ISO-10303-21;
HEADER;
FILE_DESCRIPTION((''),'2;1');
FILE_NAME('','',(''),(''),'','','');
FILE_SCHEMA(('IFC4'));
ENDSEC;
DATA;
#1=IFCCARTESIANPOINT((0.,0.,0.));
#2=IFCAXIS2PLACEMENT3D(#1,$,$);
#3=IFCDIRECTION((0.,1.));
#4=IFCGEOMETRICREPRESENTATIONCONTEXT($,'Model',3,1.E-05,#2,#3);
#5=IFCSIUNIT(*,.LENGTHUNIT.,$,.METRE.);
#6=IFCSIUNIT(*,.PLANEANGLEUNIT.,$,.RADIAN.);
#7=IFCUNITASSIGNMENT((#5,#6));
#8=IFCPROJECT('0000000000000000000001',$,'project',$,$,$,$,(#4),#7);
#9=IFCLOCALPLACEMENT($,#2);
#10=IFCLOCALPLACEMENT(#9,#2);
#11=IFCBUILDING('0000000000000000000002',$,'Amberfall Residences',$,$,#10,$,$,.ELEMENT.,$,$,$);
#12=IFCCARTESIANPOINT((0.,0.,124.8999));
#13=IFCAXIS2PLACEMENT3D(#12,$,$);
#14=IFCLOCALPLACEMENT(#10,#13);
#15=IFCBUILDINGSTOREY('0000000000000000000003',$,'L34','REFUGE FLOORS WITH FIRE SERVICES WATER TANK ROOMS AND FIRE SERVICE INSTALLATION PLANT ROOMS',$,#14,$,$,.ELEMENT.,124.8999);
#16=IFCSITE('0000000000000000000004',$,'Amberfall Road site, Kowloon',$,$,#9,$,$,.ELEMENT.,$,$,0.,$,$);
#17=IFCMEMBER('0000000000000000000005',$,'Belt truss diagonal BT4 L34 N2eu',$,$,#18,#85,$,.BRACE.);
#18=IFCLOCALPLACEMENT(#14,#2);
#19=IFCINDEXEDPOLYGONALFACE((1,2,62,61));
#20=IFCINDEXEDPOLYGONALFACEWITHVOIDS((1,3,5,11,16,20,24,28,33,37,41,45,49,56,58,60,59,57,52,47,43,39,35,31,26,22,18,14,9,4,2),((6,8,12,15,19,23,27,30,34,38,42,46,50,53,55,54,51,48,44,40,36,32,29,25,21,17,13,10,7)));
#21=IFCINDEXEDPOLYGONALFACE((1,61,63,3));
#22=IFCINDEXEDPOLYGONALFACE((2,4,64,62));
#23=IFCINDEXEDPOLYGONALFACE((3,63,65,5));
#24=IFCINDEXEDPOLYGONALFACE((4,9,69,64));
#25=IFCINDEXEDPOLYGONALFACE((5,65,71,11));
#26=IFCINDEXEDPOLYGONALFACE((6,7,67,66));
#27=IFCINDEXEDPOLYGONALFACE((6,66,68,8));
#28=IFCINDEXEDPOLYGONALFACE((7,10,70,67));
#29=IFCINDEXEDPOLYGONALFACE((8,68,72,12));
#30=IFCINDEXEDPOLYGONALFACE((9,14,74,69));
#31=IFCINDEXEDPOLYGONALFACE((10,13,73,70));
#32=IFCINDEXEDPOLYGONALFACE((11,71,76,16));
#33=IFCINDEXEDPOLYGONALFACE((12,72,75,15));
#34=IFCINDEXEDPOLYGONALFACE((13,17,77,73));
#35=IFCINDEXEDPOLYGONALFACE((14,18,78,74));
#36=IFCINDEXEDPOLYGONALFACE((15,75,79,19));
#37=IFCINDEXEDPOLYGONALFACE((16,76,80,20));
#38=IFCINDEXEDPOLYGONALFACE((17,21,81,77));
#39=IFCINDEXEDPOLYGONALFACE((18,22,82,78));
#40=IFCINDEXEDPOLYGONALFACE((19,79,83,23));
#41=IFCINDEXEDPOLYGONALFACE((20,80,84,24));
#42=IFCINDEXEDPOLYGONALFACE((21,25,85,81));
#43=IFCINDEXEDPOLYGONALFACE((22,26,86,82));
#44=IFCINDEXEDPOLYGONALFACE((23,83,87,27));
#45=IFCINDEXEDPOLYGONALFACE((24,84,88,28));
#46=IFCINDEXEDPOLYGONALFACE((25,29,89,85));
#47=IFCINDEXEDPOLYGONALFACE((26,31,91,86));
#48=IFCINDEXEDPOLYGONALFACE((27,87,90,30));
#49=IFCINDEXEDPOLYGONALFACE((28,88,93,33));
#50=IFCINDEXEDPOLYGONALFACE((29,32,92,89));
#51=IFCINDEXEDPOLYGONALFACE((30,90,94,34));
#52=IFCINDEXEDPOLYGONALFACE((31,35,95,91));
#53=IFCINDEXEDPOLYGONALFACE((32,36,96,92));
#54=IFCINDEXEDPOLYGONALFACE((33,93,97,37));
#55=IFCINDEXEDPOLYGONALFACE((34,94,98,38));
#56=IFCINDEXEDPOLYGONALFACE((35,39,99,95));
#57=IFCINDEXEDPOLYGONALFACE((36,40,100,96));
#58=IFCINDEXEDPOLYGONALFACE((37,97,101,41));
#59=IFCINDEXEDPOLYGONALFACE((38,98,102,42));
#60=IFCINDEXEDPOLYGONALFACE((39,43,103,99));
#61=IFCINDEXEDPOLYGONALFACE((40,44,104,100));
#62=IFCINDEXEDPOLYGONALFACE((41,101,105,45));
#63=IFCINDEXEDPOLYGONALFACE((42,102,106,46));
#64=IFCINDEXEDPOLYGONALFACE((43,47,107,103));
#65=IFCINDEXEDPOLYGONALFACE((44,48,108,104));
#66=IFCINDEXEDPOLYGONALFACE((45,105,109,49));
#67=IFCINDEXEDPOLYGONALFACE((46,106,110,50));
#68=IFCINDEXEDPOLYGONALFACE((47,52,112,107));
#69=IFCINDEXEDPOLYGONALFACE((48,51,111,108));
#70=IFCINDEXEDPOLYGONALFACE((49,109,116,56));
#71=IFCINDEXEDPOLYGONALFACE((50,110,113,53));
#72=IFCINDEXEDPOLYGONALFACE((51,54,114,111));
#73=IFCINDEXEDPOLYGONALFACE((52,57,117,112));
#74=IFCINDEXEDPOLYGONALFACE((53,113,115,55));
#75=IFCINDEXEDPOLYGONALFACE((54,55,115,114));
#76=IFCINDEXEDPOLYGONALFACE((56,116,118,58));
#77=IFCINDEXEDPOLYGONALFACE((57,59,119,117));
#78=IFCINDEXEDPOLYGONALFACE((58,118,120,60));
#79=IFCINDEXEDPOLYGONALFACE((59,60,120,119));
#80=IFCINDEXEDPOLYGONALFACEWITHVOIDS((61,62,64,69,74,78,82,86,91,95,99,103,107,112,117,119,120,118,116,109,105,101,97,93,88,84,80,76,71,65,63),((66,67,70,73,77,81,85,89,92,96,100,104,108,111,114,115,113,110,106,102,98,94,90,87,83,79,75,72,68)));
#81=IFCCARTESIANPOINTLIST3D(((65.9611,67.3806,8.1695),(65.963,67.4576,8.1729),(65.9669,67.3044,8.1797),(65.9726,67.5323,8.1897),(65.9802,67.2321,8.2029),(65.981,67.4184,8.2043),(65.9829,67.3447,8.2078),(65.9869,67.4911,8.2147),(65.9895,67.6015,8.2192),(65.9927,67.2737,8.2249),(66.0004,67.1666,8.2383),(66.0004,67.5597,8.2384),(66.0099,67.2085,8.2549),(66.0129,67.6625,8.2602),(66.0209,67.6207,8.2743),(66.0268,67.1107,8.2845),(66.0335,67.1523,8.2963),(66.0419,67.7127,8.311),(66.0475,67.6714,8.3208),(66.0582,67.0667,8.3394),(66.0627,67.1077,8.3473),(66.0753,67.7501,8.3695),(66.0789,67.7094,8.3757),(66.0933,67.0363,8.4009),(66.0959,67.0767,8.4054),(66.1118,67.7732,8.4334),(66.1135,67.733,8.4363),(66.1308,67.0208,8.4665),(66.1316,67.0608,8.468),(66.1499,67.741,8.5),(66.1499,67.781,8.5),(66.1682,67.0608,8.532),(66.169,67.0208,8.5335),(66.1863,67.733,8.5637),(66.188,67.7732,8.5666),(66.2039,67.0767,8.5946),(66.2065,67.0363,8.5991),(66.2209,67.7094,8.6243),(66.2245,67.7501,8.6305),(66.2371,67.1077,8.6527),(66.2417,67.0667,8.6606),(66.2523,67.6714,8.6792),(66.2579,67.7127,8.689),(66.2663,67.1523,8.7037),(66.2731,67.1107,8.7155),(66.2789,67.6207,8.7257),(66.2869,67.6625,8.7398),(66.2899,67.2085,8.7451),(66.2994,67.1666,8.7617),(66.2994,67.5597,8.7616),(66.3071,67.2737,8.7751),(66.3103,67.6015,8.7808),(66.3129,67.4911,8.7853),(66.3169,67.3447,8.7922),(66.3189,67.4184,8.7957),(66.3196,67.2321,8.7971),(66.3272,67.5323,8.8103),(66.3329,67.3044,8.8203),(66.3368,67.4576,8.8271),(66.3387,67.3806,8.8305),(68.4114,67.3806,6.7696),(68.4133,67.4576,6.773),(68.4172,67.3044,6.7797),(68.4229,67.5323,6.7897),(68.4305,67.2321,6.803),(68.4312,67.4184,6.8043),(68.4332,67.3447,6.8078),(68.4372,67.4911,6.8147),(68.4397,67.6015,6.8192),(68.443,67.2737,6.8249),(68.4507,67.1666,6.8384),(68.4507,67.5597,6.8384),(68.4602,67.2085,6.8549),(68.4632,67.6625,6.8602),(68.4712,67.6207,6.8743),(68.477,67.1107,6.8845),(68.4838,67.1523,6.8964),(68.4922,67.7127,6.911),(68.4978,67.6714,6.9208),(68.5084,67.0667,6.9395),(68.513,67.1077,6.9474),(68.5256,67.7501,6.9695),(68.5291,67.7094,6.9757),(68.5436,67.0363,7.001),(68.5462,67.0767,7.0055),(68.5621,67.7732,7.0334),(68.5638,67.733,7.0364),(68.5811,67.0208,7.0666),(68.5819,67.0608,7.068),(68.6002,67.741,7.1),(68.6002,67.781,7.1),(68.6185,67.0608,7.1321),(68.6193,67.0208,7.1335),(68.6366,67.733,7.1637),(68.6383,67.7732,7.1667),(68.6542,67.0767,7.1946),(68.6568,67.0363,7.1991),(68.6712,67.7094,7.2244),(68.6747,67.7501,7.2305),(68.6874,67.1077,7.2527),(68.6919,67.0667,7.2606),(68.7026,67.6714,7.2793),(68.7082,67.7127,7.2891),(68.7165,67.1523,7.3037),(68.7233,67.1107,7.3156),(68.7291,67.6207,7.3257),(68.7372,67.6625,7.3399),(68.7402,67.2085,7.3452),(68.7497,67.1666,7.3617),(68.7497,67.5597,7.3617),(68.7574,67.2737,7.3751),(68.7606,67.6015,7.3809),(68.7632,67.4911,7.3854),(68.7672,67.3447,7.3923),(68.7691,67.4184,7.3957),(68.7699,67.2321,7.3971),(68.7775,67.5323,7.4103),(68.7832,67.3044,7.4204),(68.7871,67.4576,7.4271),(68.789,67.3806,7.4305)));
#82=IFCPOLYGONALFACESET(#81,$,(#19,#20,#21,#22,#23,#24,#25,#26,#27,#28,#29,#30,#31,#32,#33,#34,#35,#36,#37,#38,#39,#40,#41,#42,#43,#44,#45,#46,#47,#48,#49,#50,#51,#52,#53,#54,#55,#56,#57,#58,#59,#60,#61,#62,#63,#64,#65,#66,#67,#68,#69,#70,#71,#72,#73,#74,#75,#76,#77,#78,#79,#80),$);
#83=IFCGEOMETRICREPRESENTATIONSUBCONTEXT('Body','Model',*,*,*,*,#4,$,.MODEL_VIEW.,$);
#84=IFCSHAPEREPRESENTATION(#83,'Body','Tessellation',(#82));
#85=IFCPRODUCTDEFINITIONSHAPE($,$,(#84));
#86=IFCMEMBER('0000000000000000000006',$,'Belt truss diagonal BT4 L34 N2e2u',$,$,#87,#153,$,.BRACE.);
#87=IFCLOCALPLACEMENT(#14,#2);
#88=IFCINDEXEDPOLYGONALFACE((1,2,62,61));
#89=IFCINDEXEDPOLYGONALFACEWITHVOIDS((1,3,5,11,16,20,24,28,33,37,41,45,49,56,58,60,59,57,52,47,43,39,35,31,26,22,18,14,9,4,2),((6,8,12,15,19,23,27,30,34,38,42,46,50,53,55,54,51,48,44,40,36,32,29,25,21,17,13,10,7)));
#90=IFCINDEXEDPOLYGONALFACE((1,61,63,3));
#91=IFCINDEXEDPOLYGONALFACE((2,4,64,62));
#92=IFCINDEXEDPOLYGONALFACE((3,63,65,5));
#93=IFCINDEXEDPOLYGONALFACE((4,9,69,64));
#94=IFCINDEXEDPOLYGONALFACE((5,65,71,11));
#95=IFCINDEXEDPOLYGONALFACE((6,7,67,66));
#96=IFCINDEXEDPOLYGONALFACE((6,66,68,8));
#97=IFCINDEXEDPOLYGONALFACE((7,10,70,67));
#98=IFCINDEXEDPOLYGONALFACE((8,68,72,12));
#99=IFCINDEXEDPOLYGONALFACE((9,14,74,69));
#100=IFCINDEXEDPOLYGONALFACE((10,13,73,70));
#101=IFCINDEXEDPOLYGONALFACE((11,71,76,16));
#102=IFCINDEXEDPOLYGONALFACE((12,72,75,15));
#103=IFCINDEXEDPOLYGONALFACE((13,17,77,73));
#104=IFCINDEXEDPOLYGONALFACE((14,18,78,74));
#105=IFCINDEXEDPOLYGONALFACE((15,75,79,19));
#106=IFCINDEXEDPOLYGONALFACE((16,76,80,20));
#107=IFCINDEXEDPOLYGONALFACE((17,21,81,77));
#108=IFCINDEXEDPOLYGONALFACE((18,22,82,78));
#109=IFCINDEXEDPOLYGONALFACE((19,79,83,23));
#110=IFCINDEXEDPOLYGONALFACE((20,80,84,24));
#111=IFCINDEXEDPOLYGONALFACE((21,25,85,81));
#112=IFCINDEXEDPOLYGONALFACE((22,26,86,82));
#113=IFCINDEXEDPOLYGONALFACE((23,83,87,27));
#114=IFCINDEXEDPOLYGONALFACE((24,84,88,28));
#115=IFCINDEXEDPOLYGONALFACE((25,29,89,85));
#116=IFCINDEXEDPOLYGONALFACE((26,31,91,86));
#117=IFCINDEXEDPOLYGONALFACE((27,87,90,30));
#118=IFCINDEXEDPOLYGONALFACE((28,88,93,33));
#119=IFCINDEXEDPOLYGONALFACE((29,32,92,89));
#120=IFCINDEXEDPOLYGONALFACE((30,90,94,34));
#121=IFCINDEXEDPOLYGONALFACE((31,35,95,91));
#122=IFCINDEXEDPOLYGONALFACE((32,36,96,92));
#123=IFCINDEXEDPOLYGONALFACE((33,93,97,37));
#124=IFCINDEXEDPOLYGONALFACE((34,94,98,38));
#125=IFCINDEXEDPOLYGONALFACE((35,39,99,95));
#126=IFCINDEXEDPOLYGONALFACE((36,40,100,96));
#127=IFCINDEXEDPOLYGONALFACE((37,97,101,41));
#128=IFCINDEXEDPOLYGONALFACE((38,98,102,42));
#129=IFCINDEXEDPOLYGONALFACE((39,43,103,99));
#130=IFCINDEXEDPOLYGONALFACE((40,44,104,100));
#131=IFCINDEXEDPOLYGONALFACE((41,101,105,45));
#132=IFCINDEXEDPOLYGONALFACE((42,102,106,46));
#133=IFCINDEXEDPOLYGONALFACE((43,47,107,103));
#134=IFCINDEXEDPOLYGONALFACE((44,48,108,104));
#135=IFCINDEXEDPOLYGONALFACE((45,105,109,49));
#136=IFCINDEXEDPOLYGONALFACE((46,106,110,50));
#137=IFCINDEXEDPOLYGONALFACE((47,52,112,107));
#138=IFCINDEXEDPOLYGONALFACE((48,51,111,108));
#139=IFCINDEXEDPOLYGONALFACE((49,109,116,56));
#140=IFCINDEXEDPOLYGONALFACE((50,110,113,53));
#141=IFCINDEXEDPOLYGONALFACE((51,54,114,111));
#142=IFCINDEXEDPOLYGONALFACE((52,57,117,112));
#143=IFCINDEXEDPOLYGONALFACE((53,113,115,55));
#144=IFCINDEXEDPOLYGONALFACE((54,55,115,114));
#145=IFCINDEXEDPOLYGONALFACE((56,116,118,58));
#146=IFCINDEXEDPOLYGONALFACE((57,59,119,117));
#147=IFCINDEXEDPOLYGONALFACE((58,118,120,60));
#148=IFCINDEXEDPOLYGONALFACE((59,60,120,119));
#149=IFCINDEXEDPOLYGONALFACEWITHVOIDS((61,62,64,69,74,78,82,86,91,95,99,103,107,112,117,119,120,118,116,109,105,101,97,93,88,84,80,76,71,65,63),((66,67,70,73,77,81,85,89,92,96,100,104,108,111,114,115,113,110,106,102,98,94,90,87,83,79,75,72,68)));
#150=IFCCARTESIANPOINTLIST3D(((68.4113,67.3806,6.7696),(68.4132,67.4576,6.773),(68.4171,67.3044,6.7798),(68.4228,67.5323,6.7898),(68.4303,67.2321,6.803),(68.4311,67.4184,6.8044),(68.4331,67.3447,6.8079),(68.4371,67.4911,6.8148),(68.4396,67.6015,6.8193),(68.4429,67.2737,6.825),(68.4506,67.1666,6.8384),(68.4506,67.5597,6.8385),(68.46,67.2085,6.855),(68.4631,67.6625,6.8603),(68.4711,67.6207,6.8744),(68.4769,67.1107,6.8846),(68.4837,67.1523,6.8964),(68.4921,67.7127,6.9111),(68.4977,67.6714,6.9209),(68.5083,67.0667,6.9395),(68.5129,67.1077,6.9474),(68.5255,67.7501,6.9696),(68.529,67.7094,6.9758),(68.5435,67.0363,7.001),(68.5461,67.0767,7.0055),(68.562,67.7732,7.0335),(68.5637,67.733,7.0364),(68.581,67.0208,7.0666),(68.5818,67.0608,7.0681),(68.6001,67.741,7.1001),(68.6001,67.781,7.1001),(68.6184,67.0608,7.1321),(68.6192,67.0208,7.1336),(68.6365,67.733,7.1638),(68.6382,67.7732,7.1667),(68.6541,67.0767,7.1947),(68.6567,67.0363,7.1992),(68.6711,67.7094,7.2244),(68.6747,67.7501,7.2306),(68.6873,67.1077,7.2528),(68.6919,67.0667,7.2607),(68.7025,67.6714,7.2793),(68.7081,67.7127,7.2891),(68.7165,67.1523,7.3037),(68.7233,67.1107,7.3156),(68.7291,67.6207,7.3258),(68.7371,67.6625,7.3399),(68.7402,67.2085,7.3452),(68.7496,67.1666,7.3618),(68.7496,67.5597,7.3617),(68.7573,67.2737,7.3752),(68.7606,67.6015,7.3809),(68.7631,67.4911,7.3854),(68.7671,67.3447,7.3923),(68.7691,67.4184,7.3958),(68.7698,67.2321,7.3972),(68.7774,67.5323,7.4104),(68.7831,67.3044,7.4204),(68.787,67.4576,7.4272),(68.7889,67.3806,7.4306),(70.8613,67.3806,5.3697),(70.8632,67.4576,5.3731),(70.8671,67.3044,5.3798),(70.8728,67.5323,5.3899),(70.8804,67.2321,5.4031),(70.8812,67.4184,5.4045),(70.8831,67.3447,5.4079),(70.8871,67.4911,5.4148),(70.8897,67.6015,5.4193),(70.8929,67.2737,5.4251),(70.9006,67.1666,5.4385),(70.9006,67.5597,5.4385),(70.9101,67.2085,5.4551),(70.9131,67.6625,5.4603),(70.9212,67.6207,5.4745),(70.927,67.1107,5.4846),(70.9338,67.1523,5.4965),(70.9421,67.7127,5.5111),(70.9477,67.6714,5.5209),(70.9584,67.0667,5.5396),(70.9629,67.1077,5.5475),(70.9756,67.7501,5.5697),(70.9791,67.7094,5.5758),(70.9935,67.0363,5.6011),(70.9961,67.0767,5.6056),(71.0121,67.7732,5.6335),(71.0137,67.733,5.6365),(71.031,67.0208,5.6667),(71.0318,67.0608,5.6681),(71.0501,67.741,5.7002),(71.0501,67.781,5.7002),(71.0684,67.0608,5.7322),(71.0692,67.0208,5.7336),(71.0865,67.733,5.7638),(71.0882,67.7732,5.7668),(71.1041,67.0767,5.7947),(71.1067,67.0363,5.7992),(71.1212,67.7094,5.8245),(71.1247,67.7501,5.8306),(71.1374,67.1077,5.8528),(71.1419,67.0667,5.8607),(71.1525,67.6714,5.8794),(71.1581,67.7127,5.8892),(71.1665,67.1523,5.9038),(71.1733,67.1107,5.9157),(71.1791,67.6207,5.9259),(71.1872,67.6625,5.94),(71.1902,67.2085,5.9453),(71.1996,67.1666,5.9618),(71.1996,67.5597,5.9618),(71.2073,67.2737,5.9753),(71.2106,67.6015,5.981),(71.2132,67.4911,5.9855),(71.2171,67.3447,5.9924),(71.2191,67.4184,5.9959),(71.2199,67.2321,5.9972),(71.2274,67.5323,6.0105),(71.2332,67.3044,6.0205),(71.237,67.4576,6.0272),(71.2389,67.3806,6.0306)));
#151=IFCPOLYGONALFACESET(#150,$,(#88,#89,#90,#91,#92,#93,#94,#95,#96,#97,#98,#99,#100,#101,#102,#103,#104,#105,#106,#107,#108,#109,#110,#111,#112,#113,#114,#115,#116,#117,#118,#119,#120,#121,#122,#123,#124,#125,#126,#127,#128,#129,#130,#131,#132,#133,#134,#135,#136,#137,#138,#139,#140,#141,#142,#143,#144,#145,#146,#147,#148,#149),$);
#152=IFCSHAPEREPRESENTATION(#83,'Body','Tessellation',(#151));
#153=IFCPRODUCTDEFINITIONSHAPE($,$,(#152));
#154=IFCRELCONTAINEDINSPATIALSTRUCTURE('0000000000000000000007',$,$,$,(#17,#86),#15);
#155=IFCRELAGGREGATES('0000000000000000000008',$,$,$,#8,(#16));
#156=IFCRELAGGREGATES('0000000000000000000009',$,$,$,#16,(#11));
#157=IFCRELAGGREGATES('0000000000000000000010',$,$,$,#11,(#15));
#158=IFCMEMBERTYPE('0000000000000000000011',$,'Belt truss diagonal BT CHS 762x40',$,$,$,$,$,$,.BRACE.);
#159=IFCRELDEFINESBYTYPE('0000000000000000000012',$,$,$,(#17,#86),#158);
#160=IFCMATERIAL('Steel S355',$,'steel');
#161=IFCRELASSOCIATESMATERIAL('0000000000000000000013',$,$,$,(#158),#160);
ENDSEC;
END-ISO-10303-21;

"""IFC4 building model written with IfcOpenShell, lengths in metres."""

from ifc_helpers import new_model, si_unit, direction, frame, origin, origin_2d, place, context, subcontext, project, spatial, hollow_circle, extrude, material, material_profile, profile_set, type_object, element, save


model = new_model("IFC4")

# Units and contexts
model_context = context("Model", 3, precision=1e-05, world=origin(), true_north=direction((0.0, 1.0)))
body_context = subcontext(model_context, "Body", "Model", "MODEL_VIEW")
ifc_project = project(units=[si_unit("LENGTHUNIT", "METRE"), si_unit("PLANEANGLEUNIT", "RADIAN")], contexts=[model_context])

# Site, building, storey
site_placement = place(None, origin())
site = spatial("IfcSite", under=ifc_project, at=site_placement, Name="Amberfall Road site, Kowloon", CompositionType="ELEMENT", RefElevation=0.0)
building_placement = place(site_placement, origin())
building = spatial("IfcBuilding", under=site, at=building_placement, Name="Amberfall Residences", CompositionType="ELEMENT")
storey_placement = place(building_placement, frame((0.0, 0.0, 124.8999)))
storey = spatial("IfcBuildingStorey", under=building, at=storey_placement, Name="L34", Description="REFUGE FLOORS WITH FIRE SERVICES WATER TANK ROOMS AND FIRE SERVICE INSTALLATION PLANT ROOMS", CompositionType="ELEMENT", Elevation=124.8999)

# Shared definitions
ifc_material_1 = material(Name="Steel S355", Category="steel")

# Members
ifc_material_profile_1 = material_profile(ifc_material_1, hollow_circle(Radius=0.3811, WallThickness=0.04, at=origin_2d()), Name="CHS 762x40")
ifc_profile_set_1 = profile_set([ifc_material_profile_1], Name="Steel S355")
member_type = type_object("IfcMemberType", Name="Belt truss diagonal BT CHS 762x40", PredefinedType="BRACE", material=ifc_profile_set_1)
member_1_placement = place(storey_placement, frame((66.1499, 67.3999, 8.5), z_axis=(0.868275, 0.0, -0.496083), x_axis=(0.0, 1.0, 0.0)))
element("IfcMember", 1, at=member_1_placement, inside=storey, type_object=member_type, Name="Belt truss diagonal BT4 L34 N2eu", PredefinedType="BRACE", context=body_context, shape_type="SweptSolid", body=[
    extrude(hollow_circle(Radius=0.3811, WallThickness=0.04, at=origin_2d()), origin(), (0.0, 0.0, 1.0), 2.822),
])
member_2_placement = place(storey_placement, frame((68.6001, 67.3999, 7.1001), z_axis=(0.868254, 0.0, -0.49612), x_axis=(0.0, 1.0, 0.0)))
element("IfcMember", 2, at=member_2_placement, inside=storey, type_object=member_type, Name="Belt truss diagonal BT4 L34 N2e2u", PredefinedType="BRACE", context=body_context, shape_type="SweptSolid", body=[
    extrude(hollow_circle(Radius=0.3811, WallThickness=0.04, at=origin_2d()), origin(), (0.0, 0.0, 1.0), 2.8218),
])

save(model, "model.ifc")
